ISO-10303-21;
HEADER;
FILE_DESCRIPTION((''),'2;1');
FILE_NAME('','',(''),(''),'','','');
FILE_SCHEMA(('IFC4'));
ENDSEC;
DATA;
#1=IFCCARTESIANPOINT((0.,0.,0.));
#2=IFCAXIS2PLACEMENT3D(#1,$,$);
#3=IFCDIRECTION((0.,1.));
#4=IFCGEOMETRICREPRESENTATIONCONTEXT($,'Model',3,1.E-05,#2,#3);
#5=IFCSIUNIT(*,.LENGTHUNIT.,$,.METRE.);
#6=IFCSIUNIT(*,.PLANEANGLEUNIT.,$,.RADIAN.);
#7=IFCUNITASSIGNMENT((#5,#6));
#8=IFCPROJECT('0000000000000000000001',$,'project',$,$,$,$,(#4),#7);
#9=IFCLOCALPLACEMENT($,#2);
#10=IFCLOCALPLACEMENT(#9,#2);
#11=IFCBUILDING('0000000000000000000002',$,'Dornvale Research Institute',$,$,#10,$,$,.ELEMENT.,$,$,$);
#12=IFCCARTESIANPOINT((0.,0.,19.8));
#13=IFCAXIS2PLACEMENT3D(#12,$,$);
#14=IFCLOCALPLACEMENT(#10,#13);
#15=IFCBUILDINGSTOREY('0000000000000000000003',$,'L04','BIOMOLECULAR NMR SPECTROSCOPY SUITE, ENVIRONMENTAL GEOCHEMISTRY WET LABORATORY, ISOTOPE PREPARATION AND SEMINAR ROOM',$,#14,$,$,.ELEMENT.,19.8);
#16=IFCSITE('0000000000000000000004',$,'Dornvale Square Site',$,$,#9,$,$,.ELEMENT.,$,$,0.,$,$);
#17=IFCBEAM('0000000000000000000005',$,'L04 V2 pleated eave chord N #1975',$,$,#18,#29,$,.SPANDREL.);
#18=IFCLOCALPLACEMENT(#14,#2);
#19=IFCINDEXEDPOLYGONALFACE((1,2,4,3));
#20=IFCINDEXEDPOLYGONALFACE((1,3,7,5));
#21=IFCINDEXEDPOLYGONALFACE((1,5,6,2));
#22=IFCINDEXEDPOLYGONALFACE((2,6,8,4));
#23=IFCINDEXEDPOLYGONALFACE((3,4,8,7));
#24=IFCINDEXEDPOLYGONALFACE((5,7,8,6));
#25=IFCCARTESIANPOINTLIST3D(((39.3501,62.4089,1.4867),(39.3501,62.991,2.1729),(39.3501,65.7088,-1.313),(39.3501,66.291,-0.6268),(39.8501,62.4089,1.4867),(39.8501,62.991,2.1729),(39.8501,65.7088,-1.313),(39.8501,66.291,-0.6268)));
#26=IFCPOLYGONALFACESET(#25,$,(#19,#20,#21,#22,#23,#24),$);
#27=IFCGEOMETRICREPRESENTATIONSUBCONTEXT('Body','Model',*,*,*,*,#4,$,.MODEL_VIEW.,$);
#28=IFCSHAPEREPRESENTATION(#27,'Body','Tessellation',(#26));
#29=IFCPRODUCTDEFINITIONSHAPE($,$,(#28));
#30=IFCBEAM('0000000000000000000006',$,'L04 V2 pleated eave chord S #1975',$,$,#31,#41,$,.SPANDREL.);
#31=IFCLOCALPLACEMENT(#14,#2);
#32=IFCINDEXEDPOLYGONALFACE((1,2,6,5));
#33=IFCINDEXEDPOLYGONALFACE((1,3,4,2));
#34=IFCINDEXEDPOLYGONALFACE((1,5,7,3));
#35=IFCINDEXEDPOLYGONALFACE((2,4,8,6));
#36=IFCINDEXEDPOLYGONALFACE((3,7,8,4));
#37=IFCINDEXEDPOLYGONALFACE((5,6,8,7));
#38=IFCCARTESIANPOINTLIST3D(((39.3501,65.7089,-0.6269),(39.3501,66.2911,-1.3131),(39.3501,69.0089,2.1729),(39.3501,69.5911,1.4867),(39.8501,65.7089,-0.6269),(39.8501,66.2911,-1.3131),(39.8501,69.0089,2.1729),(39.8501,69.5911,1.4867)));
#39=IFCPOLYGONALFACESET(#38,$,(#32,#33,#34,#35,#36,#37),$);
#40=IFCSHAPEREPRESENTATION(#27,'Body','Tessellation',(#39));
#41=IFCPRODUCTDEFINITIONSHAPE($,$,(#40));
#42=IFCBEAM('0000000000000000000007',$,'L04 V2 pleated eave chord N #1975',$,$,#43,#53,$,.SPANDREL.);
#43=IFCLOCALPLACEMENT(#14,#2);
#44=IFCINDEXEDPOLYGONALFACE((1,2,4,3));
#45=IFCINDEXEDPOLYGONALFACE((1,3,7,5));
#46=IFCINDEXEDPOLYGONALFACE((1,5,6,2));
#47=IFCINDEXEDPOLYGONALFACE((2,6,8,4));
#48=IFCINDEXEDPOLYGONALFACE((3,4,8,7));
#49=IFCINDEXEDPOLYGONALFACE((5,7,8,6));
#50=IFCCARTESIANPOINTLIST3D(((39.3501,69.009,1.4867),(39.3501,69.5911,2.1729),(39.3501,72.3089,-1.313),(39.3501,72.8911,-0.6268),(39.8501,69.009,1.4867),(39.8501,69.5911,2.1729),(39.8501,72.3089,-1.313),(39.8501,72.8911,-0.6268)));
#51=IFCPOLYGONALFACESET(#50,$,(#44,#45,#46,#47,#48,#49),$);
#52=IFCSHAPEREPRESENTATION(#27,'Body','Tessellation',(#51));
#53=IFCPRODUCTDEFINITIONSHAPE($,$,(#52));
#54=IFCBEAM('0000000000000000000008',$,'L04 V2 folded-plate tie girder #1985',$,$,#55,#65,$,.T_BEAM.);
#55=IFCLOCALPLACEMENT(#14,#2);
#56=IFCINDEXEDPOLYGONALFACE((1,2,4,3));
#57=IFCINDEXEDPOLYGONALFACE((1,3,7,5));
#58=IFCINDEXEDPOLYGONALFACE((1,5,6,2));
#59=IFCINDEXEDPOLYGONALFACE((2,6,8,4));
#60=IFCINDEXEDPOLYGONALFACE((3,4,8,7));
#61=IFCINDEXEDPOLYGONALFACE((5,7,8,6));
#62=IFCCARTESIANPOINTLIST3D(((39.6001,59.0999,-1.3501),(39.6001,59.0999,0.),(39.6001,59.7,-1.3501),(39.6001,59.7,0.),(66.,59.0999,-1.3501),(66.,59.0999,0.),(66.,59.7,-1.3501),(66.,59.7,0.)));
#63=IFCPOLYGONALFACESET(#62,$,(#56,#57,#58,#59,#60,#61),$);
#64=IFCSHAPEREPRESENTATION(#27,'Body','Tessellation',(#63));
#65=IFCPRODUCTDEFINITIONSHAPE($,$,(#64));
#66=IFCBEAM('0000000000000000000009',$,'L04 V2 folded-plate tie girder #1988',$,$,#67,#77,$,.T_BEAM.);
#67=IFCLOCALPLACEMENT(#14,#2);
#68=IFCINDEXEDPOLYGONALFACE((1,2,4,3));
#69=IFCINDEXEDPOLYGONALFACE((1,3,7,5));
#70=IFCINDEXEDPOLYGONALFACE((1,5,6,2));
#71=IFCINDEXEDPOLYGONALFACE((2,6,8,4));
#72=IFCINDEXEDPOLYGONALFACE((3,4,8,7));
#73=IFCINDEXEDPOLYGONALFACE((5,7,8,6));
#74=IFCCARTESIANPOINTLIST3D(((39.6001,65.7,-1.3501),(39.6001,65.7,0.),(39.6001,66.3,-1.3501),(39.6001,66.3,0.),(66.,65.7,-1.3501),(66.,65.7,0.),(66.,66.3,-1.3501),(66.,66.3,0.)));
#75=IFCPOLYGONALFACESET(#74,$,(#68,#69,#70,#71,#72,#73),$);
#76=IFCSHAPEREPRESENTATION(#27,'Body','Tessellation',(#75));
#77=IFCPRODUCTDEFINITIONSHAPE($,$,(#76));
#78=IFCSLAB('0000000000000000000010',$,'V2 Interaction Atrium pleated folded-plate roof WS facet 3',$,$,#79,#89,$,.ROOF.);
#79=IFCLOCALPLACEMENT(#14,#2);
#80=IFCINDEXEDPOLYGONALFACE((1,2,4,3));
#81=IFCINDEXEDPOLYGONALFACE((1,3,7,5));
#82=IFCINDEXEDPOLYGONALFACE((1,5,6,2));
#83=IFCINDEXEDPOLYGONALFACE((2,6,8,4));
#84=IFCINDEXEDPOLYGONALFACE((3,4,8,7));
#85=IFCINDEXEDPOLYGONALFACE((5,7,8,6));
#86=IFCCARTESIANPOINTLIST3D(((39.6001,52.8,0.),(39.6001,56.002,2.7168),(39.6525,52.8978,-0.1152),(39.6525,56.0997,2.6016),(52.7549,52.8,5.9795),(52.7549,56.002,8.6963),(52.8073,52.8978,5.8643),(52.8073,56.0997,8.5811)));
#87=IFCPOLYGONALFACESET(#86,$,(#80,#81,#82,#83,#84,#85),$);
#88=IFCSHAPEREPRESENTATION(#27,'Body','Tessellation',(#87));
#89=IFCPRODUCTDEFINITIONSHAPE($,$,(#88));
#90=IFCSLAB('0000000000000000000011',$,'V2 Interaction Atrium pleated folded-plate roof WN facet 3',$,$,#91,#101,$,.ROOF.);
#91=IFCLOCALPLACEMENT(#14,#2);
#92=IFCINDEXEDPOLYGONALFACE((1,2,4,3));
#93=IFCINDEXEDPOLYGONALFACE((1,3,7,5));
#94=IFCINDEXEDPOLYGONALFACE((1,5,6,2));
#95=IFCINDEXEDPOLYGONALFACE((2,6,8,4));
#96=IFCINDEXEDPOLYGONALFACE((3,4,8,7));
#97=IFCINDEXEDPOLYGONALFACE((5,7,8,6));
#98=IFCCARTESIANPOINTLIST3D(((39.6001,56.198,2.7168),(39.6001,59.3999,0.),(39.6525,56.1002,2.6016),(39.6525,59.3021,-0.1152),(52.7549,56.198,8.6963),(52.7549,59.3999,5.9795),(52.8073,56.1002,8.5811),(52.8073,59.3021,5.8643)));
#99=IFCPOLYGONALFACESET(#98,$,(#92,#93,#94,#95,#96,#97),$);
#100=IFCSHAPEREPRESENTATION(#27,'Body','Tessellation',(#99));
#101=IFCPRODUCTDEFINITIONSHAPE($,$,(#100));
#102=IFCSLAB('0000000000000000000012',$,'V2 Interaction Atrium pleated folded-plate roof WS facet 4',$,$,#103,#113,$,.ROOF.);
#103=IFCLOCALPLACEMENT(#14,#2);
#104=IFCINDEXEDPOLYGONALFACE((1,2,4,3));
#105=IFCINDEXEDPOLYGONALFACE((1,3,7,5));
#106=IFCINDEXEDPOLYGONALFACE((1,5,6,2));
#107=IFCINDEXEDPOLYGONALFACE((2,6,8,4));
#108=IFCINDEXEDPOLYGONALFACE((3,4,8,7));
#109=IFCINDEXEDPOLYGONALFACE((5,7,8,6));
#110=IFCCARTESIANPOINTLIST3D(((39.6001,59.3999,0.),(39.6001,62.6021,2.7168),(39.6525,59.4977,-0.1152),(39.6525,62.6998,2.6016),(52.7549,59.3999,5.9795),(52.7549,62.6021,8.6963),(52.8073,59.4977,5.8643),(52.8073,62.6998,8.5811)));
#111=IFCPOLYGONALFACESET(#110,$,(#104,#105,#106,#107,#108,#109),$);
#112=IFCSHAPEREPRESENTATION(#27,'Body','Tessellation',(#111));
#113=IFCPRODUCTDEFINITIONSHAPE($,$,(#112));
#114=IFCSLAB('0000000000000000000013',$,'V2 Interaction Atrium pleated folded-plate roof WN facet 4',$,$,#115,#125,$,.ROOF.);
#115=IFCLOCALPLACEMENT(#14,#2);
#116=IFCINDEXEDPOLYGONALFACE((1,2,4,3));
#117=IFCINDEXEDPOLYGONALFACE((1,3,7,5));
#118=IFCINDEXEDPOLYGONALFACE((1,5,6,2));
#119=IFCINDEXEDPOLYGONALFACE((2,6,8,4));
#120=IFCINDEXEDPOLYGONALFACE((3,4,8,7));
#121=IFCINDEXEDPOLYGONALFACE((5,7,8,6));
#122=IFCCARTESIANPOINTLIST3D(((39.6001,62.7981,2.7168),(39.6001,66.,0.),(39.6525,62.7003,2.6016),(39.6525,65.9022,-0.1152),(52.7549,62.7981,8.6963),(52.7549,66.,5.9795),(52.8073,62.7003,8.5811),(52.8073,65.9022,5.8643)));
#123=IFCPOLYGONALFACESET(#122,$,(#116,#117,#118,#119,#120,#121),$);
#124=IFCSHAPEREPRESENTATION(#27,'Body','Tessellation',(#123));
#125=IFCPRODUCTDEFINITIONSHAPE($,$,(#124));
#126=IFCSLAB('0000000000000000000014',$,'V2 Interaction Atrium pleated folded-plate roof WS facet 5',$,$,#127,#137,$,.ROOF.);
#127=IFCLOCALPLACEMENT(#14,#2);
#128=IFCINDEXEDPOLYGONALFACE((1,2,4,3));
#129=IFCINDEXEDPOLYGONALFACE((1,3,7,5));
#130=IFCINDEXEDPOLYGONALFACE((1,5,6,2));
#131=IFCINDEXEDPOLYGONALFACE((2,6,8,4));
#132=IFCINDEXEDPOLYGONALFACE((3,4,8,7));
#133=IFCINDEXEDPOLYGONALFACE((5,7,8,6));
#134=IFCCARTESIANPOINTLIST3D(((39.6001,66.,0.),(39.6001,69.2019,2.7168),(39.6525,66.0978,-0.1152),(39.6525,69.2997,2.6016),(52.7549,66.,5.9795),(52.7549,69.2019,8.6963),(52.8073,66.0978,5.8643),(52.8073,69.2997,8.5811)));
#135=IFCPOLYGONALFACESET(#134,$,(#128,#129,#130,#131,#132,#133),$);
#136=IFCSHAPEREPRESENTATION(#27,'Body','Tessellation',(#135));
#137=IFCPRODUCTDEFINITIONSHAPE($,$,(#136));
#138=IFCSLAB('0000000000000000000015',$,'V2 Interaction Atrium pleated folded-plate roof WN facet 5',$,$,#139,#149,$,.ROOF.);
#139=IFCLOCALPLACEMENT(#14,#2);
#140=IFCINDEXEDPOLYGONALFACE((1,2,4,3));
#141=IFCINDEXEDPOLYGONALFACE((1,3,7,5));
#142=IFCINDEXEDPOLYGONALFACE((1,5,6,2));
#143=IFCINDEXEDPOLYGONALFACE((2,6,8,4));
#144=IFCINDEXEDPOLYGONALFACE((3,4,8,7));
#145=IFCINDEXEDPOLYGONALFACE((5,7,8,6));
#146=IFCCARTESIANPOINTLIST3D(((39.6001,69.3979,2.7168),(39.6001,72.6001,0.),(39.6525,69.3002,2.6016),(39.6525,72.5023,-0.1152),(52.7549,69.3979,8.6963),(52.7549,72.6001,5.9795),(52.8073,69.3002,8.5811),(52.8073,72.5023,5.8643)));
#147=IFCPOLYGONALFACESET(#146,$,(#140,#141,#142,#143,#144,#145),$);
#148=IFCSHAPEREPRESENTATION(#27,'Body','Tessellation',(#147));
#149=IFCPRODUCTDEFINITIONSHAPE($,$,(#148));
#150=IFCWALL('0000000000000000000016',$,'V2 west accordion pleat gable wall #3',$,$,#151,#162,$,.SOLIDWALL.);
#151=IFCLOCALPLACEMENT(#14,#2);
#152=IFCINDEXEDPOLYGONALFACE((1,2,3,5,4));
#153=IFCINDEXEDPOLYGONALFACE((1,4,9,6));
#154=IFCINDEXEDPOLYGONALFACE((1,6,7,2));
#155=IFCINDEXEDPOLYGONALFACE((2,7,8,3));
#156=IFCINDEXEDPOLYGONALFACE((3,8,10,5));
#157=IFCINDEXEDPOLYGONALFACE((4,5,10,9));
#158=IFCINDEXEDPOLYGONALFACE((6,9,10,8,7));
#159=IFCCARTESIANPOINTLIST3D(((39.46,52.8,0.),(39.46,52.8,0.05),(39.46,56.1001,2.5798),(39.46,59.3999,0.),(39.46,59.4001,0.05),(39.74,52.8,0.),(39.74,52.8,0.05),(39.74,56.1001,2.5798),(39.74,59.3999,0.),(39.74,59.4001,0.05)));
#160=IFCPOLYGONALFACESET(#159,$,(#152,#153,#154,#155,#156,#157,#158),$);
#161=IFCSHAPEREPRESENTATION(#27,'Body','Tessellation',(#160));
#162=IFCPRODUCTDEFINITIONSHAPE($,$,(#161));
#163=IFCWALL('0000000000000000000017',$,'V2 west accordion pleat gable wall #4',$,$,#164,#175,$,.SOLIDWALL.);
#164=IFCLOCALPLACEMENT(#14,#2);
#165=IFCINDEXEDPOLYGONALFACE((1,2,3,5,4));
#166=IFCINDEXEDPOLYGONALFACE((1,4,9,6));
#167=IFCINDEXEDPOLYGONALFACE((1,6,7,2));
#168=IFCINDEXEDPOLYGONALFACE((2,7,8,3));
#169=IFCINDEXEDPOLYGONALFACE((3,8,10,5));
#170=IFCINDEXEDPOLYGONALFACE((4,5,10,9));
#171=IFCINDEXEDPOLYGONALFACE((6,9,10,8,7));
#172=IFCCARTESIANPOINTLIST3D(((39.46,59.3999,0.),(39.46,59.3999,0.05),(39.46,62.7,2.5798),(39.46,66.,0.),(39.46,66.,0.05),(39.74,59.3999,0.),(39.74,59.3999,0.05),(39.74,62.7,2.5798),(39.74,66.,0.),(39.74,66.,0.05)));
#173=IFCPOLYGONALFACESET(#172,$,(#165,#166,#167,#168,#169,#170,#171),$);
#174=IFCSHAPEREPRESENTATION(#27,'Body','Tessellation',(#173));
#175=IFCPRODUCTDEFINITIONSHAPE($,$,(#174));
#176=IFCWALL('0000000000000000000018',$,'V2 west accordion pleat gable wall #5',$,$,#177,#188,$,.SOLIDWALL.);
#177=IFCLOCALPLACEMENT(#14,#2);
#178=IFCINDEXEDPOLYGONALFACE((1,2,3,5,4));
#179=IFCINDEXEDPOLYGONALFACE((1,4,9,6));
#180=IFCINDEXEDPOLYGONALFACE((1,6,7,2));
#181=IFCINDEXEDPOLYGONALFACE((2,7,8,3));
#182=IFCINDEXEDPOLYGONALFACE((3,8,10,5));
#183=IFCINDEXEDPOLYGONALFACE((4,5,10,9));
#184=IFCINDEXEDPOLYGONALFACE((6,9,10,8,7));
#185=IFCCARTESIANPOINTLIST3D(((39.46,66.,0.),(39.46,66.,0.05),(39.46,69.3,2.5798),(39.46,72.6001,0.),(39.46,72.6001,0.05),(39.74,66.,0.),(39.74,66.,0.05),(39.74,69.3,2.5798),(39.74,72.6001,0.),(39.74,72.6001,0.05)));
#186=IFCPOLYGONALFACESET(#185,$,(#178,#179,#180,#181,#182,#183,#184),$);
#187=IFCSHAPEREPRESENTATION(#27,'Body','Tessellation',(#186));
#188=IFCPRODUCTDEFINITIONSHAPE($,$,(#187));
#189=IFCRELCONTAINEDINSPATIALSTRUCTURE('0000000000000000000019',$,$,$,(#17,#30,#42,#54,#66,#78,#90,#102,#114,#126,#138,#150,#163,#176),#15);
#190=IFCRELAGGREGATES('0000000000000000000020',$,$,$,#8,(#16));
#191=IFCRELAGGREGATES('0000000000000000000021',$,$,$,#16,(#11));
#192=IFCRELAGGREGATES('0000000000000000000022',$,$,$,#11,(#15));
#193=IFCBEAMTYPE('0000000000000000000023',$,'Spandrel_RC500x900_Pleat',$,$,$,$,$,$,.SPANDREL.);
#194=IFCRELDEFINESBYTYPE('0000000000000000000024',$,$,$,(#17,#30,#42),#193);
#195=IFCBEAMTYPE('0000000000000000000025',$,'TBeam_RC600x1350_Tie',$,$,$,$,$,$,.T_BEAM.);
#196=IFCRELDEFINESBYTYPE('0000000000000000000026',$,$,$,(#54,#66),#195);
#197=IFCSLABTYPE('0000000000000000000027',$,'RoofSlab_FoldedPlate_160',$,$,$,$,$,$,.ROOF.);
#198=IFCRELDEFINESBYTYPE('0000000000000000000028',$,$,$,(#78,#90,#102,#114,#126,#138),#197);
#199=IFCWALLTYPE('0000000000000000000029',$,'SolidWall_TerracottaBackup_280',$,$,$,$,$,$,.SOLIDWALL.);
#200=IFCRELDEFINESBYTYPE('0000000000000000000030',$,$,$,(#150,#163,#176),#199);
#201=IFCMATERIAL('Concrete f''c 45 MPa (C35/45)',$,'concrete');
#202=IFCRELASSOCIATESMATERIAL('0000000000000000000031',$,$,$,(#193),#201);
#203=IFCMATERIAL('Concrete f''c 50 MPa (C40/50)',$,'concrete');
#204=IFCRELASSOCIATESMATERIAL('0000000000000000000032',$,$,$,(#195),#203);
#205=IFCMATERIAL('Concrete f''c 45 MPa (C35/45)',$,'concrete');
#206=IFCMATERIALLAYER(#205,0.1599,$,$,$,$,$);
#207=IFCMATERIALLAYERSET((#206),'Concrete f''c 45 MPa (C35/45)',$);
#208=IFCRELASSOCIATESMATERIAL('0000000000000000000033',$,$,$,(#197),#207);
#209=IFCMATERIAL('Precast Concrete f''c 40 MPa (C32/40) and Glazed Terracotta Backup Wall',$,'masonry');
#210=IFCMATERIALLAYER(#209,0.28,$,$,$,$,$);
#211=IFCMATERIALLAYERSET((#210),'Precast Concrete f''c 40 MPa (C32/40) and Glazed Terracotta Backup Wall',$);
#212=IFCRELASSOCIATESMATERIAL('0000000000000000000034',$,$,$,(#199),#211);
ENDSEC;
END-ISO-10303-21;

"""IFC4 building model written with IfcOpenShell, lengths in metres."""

from ifc_helpers import new_model, si_unit, direction, frame, origin, origin_2d, place, context, subcontext, project, spatial, polyline, rectangle, outline, extrude, material, layer, layer_set, material_profile, profile_set, type_object, element, save


model = new_model("IFC4")

# Units and contexts
model_context = context("Model", 3, precision=1e-05, world=origin(), true_north=direction((0.0, 1.0)))
body_context = subcontext(model_context, "Body", "Model", "MODEL_VIEW")
ifc_project = project(units=[si_unit("LENGTHUNIT", "METRE"), si_unit("PLANEANGLEUNIT", "RADIAN")], contexts=[model_context])

# Site, building, storey
site_placement = place(None, origin())
site = spatial("IfcSite", under=ifc_project, at=site_placement, Name="Dornvale Square Site", CompositionType="ELEMENT", RefElevation=0.0)
building_placement = place(site_placement, origin())
building = spatial("IfcBuilding", under=site, at=building_placement, Name="Dornvale Research Institute", CompositionType="ELEMENT")
storey_placement = place(building_placement, frame((0.0, 0.0, 19.8)))
storey = spatial("IfcBuildingStorey", under=building, at=storey_placement, Name="L04", Description="BIOMOLECULAR NMR SPECTROSCOPY SUITE, ENVIRONMENTAL GEOCHEMISTRY WET LABORATORY, ISOTOPE PREPARATION AND SEMINAR ROOM", CompositionType="ELEMENT", Elevation=19.8)

# Beams
ifc_material_1 = material(Name="Concrete f'c 45 MPa (C35/45)", Category="concrete")
ifc_material_profile_1 = material_profile(ifc_material_1, rectangle(XDim=0.5, YDim=0.8999, at=origin_2d()), Name="RC 500x900")
ifc_profile_set_1 = profile_set([ifc_material_profile_1], Name="Concrete f'c 45 MPa (C35/45)")
beam_type_1 = type_object("IfcBeamType", Name="Spandrel_RC500x900_Pleat", PredefinedType="SPANDREL", material=ifc_profile_set_1)
for number, where, z_axis, x_axis, name in (
    (1, (39.6001, 62.7, 1.8298), (0.0, 0.762536, -0.646946), (-1.0, 0.0, 0.0), "L04 V2 pleated eave chord N #1975"),
    (2, (39.6001, 66.0, -0.97), (0.0, 0.762536, 0.646946), (-1.0, 0.0, 0.0), "L04 V2 pleated eave chord S #1975"),
    (3, (39.6001, 69.3, 1.8298), (0.0, 0.762536, -0.646946), (-1.0, 0.0, 0.0), "L04 V2 pleated eave chord N #1975"),
):
    element("IfcBeam", number, at=place(storey_placement, frame(where, z_axis=z_axis, x_axis=x_axis)), inside=storey, type_object=beam_type_1, Name=name, PredefinedType="SPANDREL", context=body_context, shape_type="SweptSolid", body=[
        extrude(rectangle(XDim=0.5, YDim=0.8999, at=origin_2d()), origin(), (0.0, 0.0, 1.0), 4.3276),
    ])
ifc_material_2 = material(Name="Concrete f'c 50 MPa (C40/50)", Category="concrete")
ifc_material_profile_2 = material_profile(ifc_material_2, rectangle(XDim=0.6001, YDim=1.3501, at=origin_2d()), Name="RC 600x1350")
ifc_profile_set_2 = profile_set([ifc_material_profile_2], Name="Concrete f'c 50 MPa (C40/50)")
beam_type_2 = type_object("IfcBeamType", Name="TBeam_RC600x1350_Tie", PredefinedType="T_BEAM", material=ifc_profile_set_2)
for number, where, z_axis, x_axis, name in (
    (4, (39.6001, 59.3999, -0.675), (1.0, 0.0, 0.0), (0.0, 1.0, 0.0), "L04 V2 folded-plate tie girder #1985"),
    (5, (39.6001, 66.0, -0.675), (1.0, 0.0, 0.0), (0.0, 1.0, 0.0), "L04 V2 folded-plate tie girder #1988"),
):
    element("IfcBeam", number, at=place(storey_placement, frame(where, z_axis=z_axis, x_axis=x_axis)), inside=storey, type_object=beam_type_2, Name=name, PredefinedType="T_BEAM", context=body_context, shape_type="SweptSolid", body=[
        extrude(rectangle(XDim=0.6001, YDim=1.3501, at=origin_2d()), origin(), (0.0, 0.0, 1.0), 26.3999),
    ])

# Slabs
ifc_material_3 = material(Name="Concrete f'c 45 MPa (C35/45)", Category="concrete")
ifc_layer_1 = layer(ifc_material_3, 0.1599)
ifc_layer_set_1 = layer_set([ifc_layer_1], Name="Concrete f'c 45 MPa (C35/45)")
slab_type = type_object("IfcSlabType", Name="RoofSlab_FoldedPlate_160", PredefinedType="ROOF", material=ifc_layer_set_1)
slab_1_placement = place(storey_placement, frame((39.6001, 52.8, 0.0), z_axis=(-0.327484, -0.611305, 0.720459), x_axis=(0.910365, 0.0, 0.413805)))
element("IfcSlab", 6, at=slab_1_placement, inside=storey, type_object=slab_type, Name="V2 Interaction Atrium pleated folded-plate roof WS facet 3", PredefinedType="ROOF", context=body_context, shape_type="SweptSolid", body=[
    extrude(outline(polyline([(0.0, 0.0), (14.45, 0.0), (15.5742, 4.0459), (1.1242, 4.0459), (0.0, 0.0)])), origin(), (0.0, 0.0, -1.0), 0.1599),
])
slab_2_placement = place(storey_placement, frame((39.6001, 56.198, 2.7168), z_axis=(-0.327484, 0.611305, 0.720459), x_axis=(0.910365, 0.0, 0.413805)))
element("IfcSlab", 7, at=slab_2_placement, inside=storey, type_object=slab_type, Name="V2 Interaction Atrium pleated folded-plate roof WN facet 3", PredefinedType="ROOF", context=body_context, shape_type="SweptSolid", body=[
    extrude(outline(polyline([(0.0, 0.0), (14.45, 0.0), (13.3258, 4.0459), (-1.1242, 4.0459), (0.0, 0.0)])), origin(), (0.0, 0.0, -1.0), 0.1599),
])
slab_3_placement = place(storey_placement, frame((39.6001, 59.3999, 0.0), z_axis=(-0.327493, -0.611276, 0.720479), x_axis=(0.910365, 0.0, 0.413805)))
element("IfcSlab", 8, at=slab_3_placement, inside=storey, type_object=slab_type, Name="V2 Interaction Atrium pleated folded-plate roof WS facet 4", PredefinedType="ROOF", context=body_context, shape_type="SweptSolid", body=[
    extrude(outline(polyline([(0.0, 0.0), (14.45, 0.0), (15.5742, 4.0461), (1.1242, 4.0461), (0.0, 0.0)])), origin(), (0.0, 0.0, -1.0), 0.1599),
])
slab_4_placement = place(storey_placement, frame((39.6001, 62.7981, 2.7168), z_axis=(-0.327484, 0.611305, 0.720459), x_axis=(0.910365, 0.0, 0.413805)))
element("IfcSlab", 9, at=slab_4_placement, inside=storey, type_object=slab_type, Name="V2 Interaction Atrium pleated folded-plate roof WN facet 4", PredefinedType="ROOF", context=body_context, shape_type="SweptSolid", body=[
    extrude(outline(polyline([(0.0, 0.0), (14.45, 0.0), (13.3258, 4.0459), (-1.1242, 4.0459), (0.0, 0.0)])), origin(), (0.0, 0.0, -1.0), 0.1599),
])
slab_5_placement = place(storey_placement, frame((39.6001, 66.0, 0.0), z_axis=(-0.327484, -0.611305, 0.720459), x_axis=(0.910365, 0.0, 0.413805)))
element("IfcSlab", 10, at=slab_5_placement, inside=storey, type_object=slab_type, Name="V2 Interaction Atrium pleated folded-plate roof WS facet 5", PredefinedType="ROOF", context=body_context, shape_type="SweptSolid", body=[
    extrude(outline(polyline([(0.0, 0.0), (14.45, 0.0), (15.5742, 4.0459), (1.1242, 4.0459), (0.0, 0.0)])), origin(), (0.0, 0.0, -1.0), 0.1599),
])
slab_6_placement = place(storey_placement, frame((39.6001, 69.3979, 2.7168), z_axis=(-0.327493, 0.611276, 0.720479), x_axis=(0.910365, 0.0, 0.413805)))
element("IfcSlab", 11, at=slab_6_placement, inside=storey, type_object=slab_type, Name="V2 Interaction Atrium pleated folded-plate roof WN facet 5", PredefinedType="ROOF", context=body_context, shape_type="SweptSolid", body=[
    extrude(outline(polyline([(0.0, 0.0), (14.45, 0.0), (13.3258, 4.0461), (-1.1242, 4.0461), (0.0, 0.0)])), origin(), (0.0, 0.0, -1.0), 0.1599),
])

# Walls
ifc_material_4 = material(Name="Precast Concrete f'c 40 MPa (C32/40) and Glazed Terracotta Backup Wall", Category="masonry")
ifc_layer_2 = layer(ifc_material_4, 0.28)
ifc_layer_set_2 = layer_set([ifc_layer_2], Name="Precast Concrete f'c 40 MPa (C32/40) and Glazed Terracotta Backup Wall")
wall_type = type_object("IfcWallType", Name="SolidWall_TerracottaBackup_280", PredefinedType="SOLIDWALL", material=ifc_layer_set_2)
wall_placement = place(storey_placement, frame((39.6001, 52.8, 0.0), z_axis=(0.0, 0.0, 1.0), x_axis=(0.0, 1.0, 0.0)))
element("IfcWall", 12, at=wall_placement, inside=storey, type_object=wall_type, Name="V2 west accordion pleat gable wall #3", PredefinedType="SOLIDWALL", context=body_context, shape_type="SweptSolid", body=[
    extrude(outline(polyline([(0.0, 0.0), (6.5999, 0.0), (6.6001, 0.05), (3.3, 2.5798), (0.0, 0.05), (0.0, 0.0)])), frame((0.0, 0.1401, 0.0), z_axis=(0.0, -1.0, 0.0), x_axis=(1.0, 0.0, 0.0)), (0.0, 0.0, 1.0), 0.28),
])
for number, where, z_axis, x_axis, name in (
    (13, (39.6001, 59.3999, 0.0), (0.0, 0.0, 1.0), (0.0, 1.0, 0.0), "V2 west accordion pleat gable wall #4"),
    (14, (39.6001, 66.0, 0.0), (0.0, 0.0, 1.0), (0.0, 1.0, 0.0), "V2 west accordion pleat gable wall #5"),
):
    element("IfcWall", number, at=place(storey_placement, frame(where, z_axis=z_axis, x_axis=x_axis)), inside=storey, type_object=wall_type, Name=name, PredefinedType="SOLIDWALL", context=body_context, shape_type="SweptSolid", body=[
        extrude(outline(polyline([(0.0, 0.0), (6.6001, 0.0), (6.6001, 0.05), (3.3, 2.5798), (0.0, 0.05), (0.0, 0.0)])), frame((0.0, 0.1401, 0.0), z_axis=(0.0, -1.0, 0.0), x_axis=(1.0, 0.0, 0.0)), (0.0, 0.0, 1.0), 0.28),
    ])

save(model, "model.ifc")
